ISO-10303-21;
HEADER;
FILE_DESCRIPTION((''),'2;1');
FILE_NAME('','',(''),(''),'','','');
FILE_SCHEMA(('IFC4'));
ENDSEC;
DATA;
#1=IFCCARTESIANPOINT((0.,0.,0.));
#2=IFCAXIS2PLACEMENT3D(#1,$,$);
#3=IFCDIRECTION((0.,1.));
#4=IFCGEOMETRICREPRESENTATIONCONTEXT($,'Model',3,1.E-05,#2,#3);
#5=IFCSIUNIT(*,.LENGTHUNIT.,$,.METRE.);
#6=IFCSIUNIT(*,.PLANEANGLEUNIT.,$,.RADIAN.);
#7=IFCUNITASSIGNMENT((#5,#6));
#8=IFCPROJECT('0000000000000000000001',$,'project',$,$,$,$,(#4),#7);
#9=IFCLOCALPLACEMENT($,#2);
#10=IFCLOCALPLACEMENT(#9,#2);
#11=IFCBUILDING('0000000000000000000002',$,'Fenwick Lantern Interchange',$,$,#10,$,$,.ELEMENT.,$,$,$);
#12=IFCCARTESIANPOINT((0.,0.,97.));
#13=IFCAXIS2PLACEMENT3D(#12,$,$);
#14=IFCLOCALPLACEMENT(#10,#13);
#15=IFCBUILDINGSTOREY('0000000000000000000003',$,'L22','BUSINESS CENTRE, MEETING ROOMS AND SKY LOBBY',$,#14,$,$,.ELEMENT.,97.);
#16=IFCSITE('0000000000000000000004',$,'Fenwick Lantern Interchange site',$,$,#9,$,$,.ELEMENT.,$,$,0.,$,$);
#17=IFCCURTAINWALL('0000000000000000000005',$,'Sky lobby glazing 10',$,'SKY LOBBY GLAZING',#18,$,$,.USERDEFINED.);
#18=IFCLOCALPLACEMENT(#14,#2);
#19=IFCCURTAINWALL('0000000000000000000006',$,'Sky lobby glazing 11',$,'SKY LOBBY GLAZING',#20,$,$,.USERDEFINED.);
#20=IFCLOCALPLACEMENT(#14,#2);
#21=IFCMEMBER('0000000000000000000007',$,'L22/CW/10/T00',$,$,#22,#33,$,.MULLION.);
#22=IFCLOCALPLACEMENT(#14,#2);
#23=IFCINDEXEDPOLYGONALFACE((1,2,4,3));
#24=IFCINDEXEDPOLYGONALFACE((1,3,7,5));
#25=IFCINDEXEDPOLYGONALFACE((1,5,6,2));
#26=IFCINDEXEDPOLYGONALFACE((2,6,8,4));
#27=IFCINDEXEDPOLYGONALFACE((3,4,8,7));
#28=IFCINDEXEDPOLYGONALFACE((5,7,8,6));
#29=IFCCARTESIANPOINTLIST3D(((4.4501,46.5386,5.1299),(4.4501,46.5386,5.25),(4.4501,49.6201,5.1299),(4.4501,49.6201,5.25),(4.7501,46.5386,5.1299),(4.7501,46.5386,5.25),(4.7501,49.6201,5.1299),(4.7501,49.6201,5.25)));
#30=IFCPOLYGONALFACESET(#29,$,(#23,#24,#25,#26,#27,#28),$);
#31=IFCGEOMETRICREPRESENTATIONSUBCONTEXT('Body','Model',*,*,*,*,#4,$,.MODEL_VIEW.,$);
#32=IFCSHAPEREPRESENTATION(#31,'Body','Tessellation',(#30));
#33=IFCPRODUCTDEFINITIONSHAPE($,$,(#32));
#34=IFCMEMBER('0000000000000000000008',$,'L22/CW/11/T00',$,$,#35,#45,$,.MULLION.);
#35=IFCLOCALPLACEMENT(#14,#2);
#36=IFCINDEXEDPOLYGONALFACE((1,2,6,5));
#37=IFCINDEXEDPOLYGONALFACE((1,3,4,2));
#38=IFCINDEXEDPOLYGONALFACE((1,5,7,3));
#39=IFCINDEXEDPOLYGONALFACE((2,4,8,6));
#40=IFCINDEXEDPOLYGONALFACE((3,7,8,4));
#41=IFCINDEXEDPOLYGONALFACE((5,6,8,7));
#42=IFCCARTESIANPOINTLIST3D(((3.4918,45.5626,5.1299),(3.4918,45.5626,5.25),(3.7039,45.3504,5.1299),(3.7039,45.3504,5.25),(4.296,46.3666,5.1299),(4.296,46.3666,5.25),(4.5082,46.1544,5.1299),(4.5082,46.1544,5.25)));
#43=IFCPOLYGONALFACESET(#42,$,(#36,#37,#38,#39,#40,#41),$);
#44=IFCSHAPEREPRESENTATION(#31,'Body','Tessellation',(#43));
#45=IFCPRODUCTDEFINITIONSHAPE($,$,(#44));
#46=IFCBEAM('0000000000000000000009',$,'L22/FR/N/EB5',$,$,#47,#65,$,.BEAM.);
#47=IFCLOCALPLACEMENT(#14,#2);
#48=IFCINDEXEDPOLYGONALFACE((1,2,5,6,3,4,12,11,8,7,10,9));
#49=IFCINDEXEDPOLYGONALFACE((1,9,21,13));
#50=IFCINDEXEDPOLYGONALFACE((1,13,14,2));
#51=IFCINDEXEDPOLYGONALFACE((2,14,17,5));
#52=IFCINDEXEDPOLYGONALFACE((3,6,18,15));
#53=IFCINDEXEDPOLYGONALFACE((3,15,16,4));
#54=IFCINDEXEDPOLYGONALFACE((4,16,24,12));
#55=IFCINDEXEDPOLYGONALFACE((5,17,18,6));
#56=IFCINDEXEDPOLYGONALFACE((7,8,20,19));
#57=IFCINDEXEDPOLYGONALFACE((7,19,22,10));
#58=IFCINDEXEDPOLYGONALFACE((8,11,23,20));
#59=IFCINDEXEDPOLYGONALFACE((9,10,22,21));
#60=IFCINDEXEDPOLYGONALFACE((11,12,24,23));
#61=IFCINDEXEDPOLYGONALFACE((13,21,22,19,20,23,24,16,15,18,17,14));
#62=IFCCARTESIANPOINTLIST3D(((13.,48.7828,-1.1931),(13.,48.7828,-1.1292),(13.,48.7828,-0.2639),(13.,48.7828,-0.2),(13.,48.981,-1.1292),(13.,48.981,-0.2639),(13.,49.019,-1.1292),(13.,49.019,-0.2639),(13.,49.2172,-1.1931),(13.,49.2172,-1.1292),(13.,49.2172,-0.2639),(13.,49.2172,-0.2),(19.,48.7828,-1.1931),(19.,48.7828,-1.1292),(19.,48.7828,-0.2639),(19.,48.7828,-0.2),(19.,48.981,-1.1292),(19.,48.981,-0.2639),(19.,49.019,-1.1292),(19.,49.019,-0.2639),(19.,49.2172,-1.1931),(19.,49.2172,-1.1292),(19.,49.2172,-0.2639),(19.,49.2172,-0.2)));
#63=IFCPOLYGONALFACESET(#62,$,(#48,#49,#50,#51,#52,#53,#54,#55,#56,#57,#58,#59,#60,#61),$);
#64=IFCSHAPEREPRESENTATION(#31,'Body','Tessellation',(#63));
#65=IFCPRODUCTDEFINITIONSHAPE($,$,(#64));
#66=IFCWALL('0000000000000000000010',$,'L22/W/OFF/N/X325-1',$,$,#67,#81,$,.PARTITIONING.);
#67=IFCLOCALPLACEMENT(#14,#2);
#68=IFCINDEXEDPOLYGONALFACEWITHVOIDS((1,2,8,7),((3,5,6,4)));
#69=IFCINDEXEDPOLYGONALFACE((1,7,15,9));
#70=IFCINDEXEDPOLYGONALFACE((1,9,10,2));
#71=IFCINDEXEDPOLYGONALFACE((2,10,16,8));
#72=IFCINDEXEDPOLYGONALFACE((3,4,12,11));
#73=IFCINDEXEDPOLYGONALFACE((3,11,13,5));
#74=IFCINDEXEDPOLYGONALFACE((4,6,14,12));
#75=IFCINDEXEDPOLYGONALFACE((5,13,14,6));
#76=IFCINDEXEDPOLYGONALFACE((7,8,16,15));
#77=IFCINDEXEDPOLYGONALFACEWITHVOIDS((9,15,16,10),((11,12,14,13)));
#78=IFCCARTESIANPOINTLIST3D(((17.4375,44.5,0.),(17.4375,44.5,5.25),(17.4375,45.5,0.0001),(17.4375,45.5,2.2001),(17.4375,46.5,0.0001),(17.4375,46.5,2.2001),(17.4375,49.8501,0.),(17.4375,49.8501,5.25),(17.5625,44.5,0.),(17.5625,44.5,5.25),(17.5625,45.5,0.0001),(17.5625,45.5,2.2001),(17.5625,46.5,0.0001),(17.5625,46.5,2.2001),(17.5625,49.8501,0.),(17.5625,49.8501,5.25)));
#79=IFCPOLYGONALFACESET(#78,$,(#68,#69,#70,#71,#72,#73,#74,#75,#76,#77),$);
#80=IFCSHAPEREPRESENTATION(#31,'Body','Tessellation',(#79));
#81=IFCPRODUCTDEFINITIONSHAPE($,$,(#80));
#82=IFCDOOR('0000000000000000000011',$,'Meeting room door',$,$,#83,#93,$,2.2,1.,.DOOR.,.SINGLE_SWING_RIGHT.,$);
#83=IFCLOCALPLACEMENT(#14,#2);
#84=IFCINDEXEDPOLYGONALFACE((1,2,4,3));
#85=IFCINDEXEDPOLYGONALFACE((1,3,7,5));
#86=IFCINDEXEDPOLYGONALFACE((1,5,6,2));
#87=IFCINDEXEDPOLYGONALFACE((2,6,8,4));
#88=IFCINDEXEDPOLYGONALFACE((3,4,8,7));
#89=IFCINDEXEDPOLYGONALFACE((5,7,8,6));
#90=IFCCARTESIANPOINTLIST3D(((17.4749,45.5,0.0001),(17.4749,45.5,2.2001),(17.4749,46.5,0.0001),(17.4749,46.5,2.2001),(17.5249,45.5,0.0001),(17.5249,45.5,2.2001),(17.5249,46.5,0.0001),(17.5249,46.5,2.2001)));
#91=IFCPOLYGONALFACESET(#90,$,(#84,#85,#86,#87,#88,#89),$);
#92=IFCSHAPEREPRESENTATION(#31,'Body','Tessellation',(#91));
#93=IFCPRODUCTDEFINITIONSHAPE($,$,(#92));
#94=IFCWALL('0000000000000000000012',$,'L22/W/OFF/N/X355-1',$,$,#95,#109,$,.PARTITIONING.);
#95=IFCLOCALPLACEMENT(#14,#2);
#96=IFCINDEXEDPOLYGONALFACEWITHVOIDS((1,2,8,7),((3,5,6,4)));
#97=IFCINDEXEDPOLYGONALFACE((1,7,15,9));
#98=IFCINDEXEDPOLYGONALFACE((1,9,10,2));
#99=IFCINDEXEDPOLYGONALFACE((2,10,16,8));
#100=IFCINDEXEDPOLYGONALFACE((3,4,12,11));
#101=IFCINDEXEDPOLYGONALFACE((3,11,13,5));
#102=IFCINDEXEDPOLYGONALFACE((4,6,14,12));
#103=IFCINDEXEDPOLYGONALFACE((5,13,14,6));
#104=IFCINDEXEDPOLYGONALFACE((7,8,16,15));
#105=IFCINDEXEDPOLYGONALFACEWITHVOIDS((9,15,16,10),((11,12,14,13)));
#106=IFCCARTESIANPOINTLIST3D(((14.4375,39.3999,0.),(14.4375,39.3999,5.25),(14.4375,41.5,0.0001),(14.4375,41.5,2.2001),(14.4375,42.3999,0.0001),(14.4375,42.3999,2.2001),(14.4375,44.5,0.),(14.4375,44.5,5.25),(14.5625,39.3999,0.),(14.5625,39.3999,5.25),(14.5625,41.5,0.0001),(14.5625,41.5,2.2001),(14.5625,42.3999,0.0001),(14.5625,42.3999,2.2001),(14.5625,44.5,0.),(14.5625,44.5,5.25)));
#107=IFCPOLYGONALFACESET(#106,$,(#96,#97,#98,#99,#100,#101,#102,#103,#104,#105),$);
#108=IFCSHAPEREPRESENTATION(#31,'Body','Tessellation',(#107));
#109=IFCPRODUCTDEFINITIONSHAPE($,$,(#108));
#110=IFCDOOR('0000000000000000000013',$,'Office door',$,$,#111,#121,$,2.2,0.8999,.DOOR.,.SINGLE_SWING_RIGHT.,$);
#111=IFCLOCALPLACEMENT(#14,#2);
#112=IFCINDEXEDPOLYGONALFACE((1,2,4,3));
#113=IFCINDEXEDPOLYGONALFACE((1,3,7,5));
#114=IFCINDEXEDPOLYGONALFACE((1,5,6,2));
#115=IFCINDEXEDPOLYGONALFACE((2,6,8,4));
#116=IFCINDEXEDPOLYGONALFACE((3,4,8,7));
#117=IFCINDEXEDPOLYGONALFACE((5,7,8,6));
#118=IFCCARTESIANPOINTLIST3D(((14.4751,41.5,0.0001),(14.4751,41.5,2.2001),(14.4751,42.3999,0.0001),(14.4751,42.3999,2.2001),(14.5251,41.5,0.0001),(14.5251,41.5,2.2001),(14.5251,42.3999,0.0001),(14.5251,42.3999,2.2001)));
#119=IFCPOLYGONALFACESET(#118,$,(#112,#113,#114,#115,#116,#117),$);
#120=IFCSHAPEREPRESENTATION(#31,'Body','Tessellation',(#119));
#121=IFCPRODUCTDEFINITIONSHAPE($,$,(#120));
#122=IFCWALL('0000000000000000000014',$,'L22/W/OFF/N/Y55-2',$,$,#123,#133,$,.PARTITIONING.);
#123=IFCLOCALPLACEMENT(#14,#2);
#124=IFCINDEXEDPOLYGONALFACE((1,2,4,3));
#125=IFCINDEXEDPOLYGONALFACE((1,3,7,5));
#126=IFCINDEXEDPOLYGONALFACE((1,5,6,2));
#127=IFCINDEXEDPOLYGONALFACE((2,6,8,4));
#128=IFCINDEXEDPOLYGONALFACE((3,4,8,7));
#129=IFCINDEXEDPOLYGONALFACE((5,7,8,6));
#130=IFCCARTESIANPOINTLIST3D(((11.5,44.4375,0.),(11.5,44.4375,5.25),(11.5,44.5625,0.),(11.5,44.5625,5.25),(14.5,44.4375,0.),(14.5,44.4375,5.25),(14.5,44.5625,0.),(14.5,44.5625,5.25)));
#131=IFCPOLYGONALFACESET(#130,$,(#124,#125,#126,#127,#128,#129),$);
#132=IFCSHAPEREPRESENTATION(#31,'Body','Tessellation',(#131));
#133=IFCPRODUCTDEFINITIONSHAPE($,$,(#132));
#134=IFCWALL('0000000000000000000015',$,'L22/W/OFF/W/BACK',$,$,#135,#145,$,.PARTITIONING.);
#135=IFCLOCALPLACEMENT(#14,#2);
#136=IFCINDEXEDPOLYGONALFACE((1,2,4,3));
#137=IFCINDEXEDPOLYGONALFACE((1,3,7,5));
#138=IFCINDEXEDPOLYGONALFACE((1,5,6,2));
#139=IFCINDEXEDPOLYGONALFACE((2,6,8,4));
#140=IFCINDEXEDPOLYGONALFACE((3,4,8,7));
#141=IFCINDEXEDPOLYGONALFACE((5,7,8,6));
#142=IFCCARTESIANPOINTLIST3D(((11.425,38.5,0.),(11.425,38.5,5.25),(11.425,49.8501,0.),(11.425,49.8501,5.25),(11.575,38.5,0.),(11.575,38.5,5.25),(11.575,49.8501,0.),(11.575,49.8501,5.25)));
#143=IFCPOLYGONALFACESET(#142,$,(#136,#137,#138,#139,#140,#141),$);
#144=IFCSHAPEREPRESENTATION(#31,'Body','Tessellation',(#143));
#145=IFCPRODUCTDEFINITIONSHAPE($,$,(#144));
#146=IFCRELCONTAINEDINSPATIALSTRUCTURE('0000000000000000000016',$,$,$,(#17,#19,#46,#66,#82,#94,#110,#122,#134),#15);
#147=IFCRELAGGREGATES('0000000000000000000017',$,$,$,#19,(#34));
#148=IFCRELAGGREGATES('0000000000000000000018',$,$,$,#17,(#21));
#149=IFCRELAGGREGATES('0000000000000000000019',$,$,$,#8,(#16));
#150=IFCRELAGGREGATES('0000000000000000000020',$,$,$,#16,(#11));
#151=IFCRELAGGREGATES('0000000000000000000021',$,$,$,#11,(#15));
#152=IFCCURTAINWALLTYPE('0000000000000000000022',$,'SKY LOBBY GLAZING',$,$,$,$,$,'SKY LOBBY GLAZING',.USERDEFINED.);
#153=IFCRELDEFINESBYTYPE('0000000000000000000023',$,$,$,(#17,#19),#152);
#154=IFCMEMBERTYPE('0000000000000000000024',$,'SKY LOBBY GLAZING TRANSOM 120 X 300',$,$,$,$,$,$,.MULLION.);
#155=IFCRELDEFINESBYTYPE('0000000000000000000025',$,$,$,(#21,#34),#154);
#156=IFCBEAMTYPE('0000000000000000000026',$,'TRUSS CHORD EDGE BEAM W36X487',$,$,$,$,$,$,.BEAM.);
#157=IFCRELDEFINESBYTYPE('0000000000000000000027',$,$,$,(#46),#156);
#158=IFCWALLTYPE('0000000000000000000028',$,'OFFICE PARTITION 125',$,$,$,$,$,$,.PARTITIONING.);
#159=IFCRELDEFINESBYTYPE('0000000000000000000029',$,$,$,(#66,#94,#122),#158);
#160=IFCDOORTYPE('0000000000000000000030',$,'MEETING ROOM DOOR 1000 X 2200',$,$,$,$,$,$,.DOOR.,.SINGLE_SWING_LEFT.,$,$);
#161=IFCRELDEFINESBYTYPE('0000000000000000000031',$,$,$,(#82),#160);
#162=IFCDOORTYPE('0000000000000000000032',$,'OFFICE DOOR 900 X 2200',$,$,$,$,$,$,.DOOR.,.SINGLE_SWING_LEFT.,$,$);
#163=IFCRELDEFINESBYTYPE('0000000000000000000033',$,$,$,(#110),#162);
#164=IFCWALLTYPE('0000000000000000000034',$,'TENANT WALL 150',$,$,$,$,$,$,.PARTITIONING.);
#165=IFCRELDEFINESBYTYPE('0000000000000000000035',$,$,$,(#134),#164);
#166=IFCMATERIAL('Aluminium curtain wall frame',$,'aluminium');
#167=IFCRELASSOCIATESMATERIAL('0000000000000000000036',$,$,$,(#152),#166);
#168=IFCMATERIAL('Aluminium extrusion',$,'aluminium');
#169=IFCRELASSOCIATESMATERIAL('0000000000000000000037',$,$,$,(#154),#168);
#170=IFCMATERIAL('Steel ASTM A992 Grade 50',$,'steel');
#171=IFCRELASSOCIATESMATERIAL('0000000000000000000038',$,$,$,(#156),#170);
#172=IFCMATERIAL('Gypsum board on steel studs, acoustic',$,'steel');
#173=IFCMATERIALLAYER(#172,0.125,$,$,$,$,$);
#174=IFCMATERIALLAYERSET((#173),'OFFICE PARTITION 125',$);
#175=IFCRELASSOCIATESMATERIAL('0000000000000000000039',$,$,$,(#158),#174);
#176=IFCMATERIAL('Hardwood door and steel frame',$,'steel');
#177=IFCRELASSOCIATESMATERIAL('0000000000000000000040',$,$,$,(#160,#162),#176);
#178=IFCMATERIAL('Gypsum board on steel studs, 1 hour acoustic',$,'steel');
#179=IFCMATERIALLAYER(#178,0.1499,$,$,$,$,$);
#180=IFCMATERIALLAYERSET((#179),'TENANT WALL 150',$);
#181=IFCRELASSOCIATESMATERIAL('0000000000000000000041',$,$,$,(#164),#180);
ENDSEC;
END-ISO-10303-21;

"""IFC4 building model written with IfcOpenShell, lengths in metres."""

from ifc_helpers import new_model, si_unit, direction, frame, frame_2d, origin, origin_2d, place, context, subcontext, project, spatial, rectangle, i_section, extrude, material, layer, layer_set, material_profile, profile_set, type_object, element, fill, aggregate, save


model = new_model("IFC4")

# Units and contexts
model_context = context("Model", 3, precision=1e-05, world=origin(), true_north=direction((0.0, 1.0)))
body_context = subcontext(model_context, "Body", "Model", "MODEL_VIEW")
ifc_project = project(units=[si_unit("LENGTHUNIT", "METRE"), si_unit("PLANEANGLEUNIT", "RADIAN")], contexts=[model_context])

# Site, building, storey
site_placement = place(None, origin())
site = spatial("IfcSite", under=ifc_project, at=site_placement, Name="Fenwick Lantern Interchange site", CompositionType="ELEMENT", RefElevation=0.0)
building_placement = place(site_placement, origin())
building = spatial("IfcBuilding", under=site, at=building_placement, Name="Fenwick Lantern Interchange", CompositionType="ELEMENT")
storey_placement = place(building_placement, frame((0.0, 0.0, 97.0)))
storey = spatial("IfcBuildingStorey", under=building, at=storey_placement, Name="L22", Description="BUSINESS CENTRE, MEETING ROOMS AND SKY LOBBY", CompositionType="ELEMENT", Elevation=97.0)

# Shared definitions
ifc_material_1 = material(Name="Steel ASTM A992 Grade 50", Category="steel")

# Curtain wall
ifc_material_2 = material(Name="Aluminium curtain wall frame", Category="aluminium")
curtain_wall_type = type_object("IfcCurtainWallType", Name="SKY LOBBY GLAZING", ElementType="SKY LOBBY GLAZING", PredefinedType="USERDEFINED", material=ifc_material_2)
ifc_material_3 = material(Name="Aluminium extrusion", Category="aluminium")
curtain_wall_1_placement = place(storey_placement, origin())
curtain_wall_1 = element("IfcCurtainWall", 1, at=curtain_wall_1_placement, inside=storey, type_object=curtain_wall_type, Name="Sky lobby glazing 10", ObjectType="SKY LOBBY GLAZING", PredefinedType="USERDEFINED")

# Curtain wall
curtain_wall_2_placement = place(storey_placement, origin())
curtain_wall_2 = element("IfcCurtainWall", 2, at=curtain_wall_2_placement, inside=storey, type_object=curtain_wall_type, Name="Sky lobby glazing 11", ObjectType="SKY LOBBY GLAZING", PredefinedType="USERDEFINED")

# Members
ifc_material_profile_1 = material_profile(ifc_material_3, rectangle(XDim=0.3, YDim=0.1201, at=origin_2d()), Name="SKY LOBBY GLAZING TRANSOM 120 X 300")
ifc_profile_set_1 = profile_set([ifc_material_profile_1], Name="Aluminium extrusion")
member_type_1 = type_object("IfcMemberType", Name="SKY LOBBY GLAZING TRANSOM 120 X 300", PredefinedType="MULLION", material=ifc_profile_set_1)
member_1_placement = place(storey_placement, frame((4.6001, 49.6201, 5.1899), z_axis=(0.0, -1.0, 0.0), x_axis=(1.0, 0.0, 0.0)))
member_1 = element("IfcMember", 3, at=member_1_placement, type_object=member_type_1, Name="L22/CW/10/T00", PredefinedType="MULLION", context=body_context, shape_type="SweptSolid", body=[
    extrude(rectangle(XDim=0.3, YDim=0.1201, at=origin_2d()), origin(), (0.0, 0.0, 1.0), 3.0815),
])
member_2_placement = place(storey_placement, frame((4.4021, 46.2605, 5.1899), z_axis=(-0.707214, -0.706999, 0.0), x_axis=(0.706999, -0.707214, 0.0)))
member_2 = element("IfcMember", 4, at=member_2_placement, type_object=member_type_1, Name="L22/CW/11/T00", PredefinedType="MULLION", context=body_context, shape_type="SweptSolid", body=[
    extrude(rectangle(XDim=0.3, YDim=0.1201, at=origin_2d()), origin(), (0.0, 0.0, 1.0), 1.1372),
])
aggregate(curtain_wall_2, [member_2])

# Beam
ifc_material_profile_2 = material_profile(ifc_material_1, i_section(OverallWidth=0.4343, OverallDepth=0.9932, WebThickness=0.0381, FlangeThickness=0.064, at=origin_2d()), Name="W36X487")
ifc_profile_set_2 = profile_set([ifc_material_profile_2], Name="Steel ASTM A992 Grade 50")
beam_type_1 = type_object("IfcBeamType", Name="TRUSS CHORD EDGE BEAM W36X487", PredefinedType="BEAM", material=ifc_profile_set_2)
beam_1_placement = place(storey_placement, frame((19.0, 49.0, -0.6965), z_axis=(-1.0, 0.0, 0.0), x_axis=(0.0, -1.0, 0.0)))
element("IfcBeam", 5, at=beam_1_placement, inside=storey, type_object=beam_type_1, Name="L22/FR/N/EB5", PredefinedType="BEAM", context=body_context, shape_type="SweptSolid", body=[
    extrude(i_section(OverallWidth=0.4343, OverallDepth=0.9932, WebThickness=0.0381, FlangeThickness=0.064, at=origin_2d()), origin(), (0.0, 0.0, 1.0), 6.0),
])

aggregate(curtain_wall_1, [member_1])

# Walls, openings, doors
ifc_material_4 = material(Name="Gypsum board on steel studs, acoustic", Category="steel")
ifc_layer_1 = layer(ifc_material_4, 0.125)
ifc_layer_set_1 = layer_set([ifc_layer_1], Name="OFFICE PARTITION 125")
wall_type_1 = type_object("IfcWallType", Name="OFFICE PARTITION 125", PredefinedType="PARTITIONING", material=ifc_layer_set_1)
wall_1_placement = place(storey_placement, frame((17.5, 49.8501, 0.0), z_axis=(0.0, 0.0, 1.0), x_axis=(0.0, -1.0, 0.0)))
wall_1 = element("IfcWall", 6, at=wall_1_placement, inside=storey, type_object=wall_type_1, Name="L22/W/OFF/N/X325-1", PredefinedType="PARTITIONING", context=body_context, shape_type="SweptSolid", body=[
    extrude(rectangle(XDim=5.3501, YDim=0.125, at=frame_2d((2.675, 0.0))), origin(), (0.0, 0.0, 1.0), 5.25),
])
opening_1_placement = place(wall_1_placement, frame((3.3501, 0.0, 0.0)))
opening_1 = element("IfcOpeningElement", 7, at=opening_1_placement, cuts=wall_1, PredefinedType="OPENING", context=body_context, shape_type="SweptSolid", body=[
    extrude(rectangle(XDim=1.0, YDim=2.2, at=frame_2d((0.5, 1.1001))), frame((0.0, 0.0725, 0.0), z_axis=(0.0, -1.0, 0.0), x_axis=(1.0, 0.0, 0.0)), (0.0, 0.0, 1.0), 0.145),
])
ifc_material_5 = material(Name="Hardwood door and steel frame", Category="steel")
door_type_1 = type_object("IfcDoorType", Name="MEETING ROOM DOOR 1000 X 2200", OperationType="SINGLE_SWING_LEFT", PredefinedType="DOOR", material=ifc_material_5)
door_1_placement = place(opening_1_placement, origin())
door_1 = element("IfcDoor", 8, at=door_1_placement, inside=storey, type_object=door_type_1, Name="Meeting room door", OperationType="SINGLE_SWING_RIGHT", OverallHeight=2.2, OverallWidth=1.0, PredefinedType="DOOR", context=body_context, shape_type="SweptSolid", body=[
    extrude(rectangle(XDim=1.0, YDim=2.2, at=frame_2d((0.5, 1.1001))), frame((0.0, 0.0249, 0.0), z_axis=(0.0, -1.0, 0.0), x_axis=(1.0, 0.0, 0.0)), (0.0, 0.0, 1.0), 0.05),
])
fill(opening_1, door_1)
wall_2_placement = place(storey_placement, frame((14.5, 44.5, 0.0), z_axis=(0.0, 0.0, 1.0), x_axis=(0.0, -1.0, 0.0)))
wall_2 = element("IfcWall", 9, at=wall_2_placement, inside=storey, type_object=wall_type_1, Name="L22/W/OFF/N/X355-1", PredefinedType="PARTITIONING", context=body_context, shape_type="SweptSolid", body=[
    extrude(rectangle(XDim=5.1001, YDim=0.125, at=frame_2d((2.55, 0.0))), origin(), (0.0, 0.0, 1.0), 5.25),
])
opening_2_placement = place(wall_2_placement, frame((2.1001, 0.0, 0.0)))
opening_2 = element("IfcOpeningElement", 10, at=opening_2_placement, cuts=wall_2, PredefinedType="OPENING", context=body_context, shape_type="SweptSolid", body=[
    extrude(rectangle(XDim=0.8999, YDim=2.2, at=frame_2d((0.45, 1.1001))), frame((0.0, 0.0725, 0.0), z_axis=(0.0, -1.0, 0.0), x_axis=(1.0, 0.0, 0.0)), (0.0, 0.0, 1.0), 0.145),
])
door_type_2 = type_object("IfcDoorType", Name="OFFICE DOOR 900 X 2200", OperationType="SINGLE_SWING_LEFT", PredefinedType="DOOR", material=ifc_material_5)
door_2_placement = place(opening_2_placement, frame((0.8999, 0.0, 0.0), z_axis=(0.0, 0.0, 1.0), x_axis=(-1.0, 0.0, 0.0)))
door_2 = element("IfcDoor", 11, at=door_2_placement, inside=storey, type_object=door_type_2, Name="Office door", OperationType="SINGLE_SWING_RIGHT", OverallHeight=2.2, OverallWidth=0.8999, PredefinedType="DOOR", context=body_context, shape_type="SweptSolid", body=[
    extrude(rectangle(XDim=0.8999, YDim=2.2, at=frame_2d((0.45, 1.1001))), frame((0.0, 0.0249, 0.0), z_axis=(0.0, -1.0, 0.0), x_axis=(1.0, 0.0, 0.0)), (0.0, 0.0, 1.0), 0.05),
])
fill(opening_2, door_2)

# Walls
wall_3_placement = place(storey_placement, frame((14.5, 44.5, 0.0), z_axis=(0.0, 0.0, 1.0), x_axis=(-1.0, 0.0, 0.0)))
element("IfcWall", 12, at=wall_3_placement, inside=storey, type_object=wall_type_1, Name="L22/W/OFF/N/Y55-2", PredefinedType="PARTITIONING", context=body_context, shape_type="SweptSolid", body=[
    extrude(rectangle(XDim=3.0, YDim=0.125, at=frame_2d((1.5, 0.0))), origin(), (0.0, 0.0, 1.0), 5.25),
])
ifc_material_6 = material(Name="Gypsum board on steel studs, 1 hour acoustic", Category="steel")
ifc_layer_2 = layer(ifc_material_6, 0.1499)
ifc_layer_set_2 = layer_set([ifc_layer_2], Name="TENANT WALL 150")
wall_type_2 = type_object("IfcWallType", Name="TENANT WALL 150", PredefinedType="PARTITIONING", material=ifc_layer_set_2)
wall_4_placement = place(storey_placement, frame((11.5, 49.8501, 0.0), z_axis=(0.0, 0.0, 1.0), x_axis=(0.0, -1.0, 0.0)))
element("IfcWall", 13, at=wall_4_placement, inside=storey, type_object=wall_type_2, Name="L22/W/OFF/W/BACK", PredefinedType="PARTITIONING", context=body_context, shape_type="SweptSolid", body=[
    extrude(rectangle(XDim=11.3501, YDim=0.1499, at=frame_2d((5.675, 0.0))), origin(), (0.0, 0.0, 1.0), 5.25),
])

save(model, "model.ifc")
